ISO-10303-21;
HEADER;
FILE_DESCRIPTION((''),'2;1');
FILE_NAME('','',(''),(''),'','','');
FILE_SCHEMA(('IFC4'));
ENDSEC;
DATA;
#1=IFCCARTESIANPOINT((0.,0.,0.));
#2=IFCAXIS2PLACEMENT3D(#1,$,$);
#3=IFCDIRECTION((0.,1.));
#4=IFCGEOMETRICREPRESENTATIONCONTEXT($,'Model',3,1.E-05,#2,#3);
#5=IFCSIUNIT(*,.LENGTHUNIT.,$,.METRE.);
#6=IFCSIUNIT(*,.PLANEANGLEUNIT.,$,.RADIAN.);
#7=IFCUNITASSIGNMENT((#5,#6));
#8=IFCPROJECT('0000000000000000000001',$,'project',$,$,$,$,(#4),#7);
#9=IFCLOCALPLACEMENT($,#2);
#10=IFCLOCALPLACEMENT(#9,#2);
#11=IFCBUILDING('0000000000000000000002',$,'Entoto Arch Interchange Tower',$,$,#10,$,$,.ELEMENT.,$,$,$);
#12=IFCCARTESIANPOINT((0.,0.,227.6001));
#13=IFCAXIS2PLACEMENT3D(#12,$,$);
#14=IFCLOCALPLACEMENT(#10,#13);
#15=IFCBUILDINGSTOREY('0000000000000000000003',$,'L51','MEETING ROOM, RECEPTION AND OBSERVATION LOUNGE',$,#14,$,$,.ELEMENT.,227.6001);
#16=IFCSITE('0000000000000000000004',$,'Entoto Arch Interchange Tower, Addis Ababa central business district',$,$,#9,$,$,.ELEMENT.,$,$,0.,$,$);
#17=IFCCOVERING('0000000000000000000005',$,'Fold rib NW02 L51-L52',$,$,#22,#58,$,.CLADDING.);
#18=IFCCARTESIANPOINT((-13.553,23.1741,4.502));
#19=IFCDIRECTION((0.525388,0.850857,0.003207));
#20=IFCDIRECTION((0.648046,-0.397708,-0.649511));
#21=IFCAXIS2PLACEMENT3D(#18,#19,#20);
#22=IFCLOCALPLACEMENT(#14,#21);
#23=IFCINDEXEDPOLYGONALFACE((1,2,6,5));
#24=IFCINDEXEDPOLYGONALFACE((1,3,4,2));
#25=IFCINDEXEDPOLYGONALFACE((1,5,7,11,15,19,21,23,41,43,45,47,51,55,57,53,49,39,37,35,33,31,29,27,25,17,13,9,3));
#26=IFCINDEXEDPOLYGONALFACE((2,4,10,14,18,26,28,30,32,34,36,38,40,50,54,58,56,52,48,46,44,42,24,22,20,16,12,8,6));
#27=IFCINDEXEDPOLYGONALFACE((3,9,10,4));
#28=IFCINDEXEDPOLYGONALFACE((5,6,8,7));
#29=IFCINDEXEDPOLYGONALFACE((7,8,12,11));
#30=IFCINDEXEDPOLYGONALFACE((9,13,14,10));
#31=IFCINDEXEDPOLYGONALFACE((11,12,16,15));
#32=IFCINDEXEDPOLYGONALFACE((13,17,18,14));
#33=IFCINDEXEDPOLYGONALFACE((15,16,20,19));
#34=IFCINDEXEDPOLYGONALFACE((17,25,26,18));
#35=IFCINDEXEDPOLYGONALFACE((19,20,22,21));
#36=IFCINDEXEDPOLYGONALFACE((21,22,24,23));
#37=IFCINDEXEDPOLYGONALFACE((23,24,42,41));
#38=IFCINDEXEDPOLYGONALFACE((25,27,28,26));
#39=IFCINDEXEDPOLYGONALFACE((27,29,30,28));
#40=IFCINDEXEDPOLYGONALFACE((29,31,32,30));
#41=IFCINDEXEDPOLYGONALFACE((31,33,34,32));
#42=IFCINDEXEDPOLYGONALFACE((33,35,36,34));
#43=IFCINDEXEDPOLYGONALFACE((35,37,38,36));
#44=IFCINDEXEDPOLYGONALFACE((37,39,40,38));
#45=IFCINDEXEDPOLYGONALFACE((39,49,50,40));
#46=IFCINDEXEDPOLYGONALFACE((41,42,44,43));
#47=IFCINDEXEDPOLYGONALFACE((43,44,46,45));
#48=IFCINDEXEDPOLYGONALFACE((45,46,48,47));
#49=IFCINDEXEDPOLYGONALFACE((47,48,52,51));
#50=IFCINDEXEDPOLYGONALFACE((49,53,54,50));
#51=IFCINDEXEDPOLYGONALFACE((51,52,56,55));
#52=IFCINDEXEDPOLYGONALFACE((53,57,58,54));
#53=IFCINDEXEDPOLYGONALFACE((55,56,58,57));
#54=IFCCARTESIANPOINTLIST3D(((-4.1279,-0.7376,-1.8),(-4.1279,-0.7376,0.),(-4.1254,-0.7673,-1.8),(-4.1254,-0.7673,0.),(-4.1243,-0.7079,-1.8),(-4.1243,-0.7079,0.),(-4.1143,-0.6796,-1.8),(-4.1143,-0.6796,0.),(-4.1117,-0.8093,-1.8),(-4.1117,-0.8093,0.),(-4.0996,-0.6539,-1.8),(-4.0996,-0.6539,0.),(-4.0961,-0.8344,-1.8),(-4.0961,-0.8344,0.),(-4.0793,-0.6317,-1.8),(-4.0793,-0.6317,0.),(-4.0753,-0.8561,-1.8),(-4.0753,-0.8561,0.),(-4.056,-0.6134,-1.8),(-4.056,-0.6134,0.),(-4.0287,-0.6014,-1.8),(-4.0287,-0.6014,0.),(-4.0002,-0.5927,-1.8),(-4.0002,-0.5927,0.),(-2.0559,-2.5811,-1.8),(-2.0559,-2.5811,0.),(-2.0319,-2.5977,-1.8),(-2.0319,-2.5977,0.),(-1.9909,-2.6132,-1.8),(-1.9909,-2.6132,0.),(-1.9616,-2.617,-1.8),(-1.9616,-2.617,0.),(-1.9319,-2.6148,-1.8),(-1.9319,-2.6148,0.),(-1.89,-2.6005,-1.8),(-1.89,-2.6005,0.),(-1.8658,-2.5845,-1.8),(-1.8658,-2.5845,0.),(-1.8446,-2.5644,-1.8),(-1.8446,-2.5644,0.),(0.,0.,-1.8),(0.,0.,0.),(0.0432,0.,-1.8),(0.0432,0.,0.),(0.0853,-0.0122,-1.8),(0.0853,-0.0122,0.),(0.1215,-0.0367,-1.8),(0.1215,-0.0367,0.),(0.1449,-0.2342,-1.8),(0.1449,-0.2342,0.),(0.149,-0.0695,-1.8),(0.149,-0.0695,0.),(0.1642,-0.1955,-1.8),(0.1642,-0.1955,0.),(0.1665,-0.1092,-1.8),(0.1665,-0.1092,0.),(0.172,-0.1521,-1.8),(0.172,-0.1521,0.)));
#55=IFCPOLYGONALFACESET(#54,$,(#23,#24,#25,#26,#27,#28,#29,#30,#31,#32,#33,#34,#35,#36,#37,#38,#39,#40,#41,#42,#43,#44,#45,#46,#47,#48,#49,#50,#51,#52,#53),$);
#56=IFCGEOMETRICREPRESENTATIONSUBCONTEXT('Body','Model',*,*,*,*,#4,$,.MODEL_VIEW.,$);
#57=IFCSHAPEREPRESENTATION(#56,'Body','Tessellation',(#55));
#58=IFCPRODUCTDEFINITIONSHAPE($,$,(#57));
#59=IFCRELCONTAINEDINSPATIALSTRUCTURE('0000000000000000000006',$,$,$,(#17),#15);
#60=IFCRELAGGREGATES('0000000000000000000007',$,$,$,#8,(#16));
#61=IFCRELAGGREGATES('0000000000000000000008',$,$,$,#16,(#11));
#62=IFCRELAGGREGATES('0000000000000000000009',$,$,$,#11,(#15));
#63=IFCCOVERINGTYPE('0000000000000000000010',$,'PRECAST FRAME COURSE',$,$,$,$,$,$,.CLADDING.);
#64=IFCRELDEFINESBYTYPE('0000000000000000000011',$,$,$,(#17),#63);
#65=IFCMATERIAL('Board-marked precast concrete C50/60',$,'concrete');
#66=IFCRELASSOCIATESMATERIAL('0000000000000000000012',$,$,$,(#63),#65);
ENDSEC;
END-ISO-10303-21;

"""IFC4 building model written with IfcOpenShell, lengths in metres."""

from ifc_helpers import new_model, si_unit, direction, frame, origin, place, context, subcontext, project, spatial, polyline, outline, extrude, material, type_object, element, save


model = new_model("IFC4")

# Units and contexts
model_context = context("Model", 3, precision=1e-05, world=origin(), true_north=direction((0.0, 1.0)))
body_context = subcontext(model_context, "Body", "Model", "MODEL_VIEW")
ifc_project = project(units=[si_unit("LENGTHUNIT", "METRE"), si_unit("PLANEANGLEUNIT", "RADIAN")], contexts=[model_context])

# Site, building, storey
site_placement = place(None, origin())
site = spatial("IfcSite", under=ifc_project, at=site_placement, Name="Entoto Arch Interchange Tower, Addis Ababa central business district", CompositionType="ELEMENT", RefElevation=0.0)
building_placement = place(site_placement, origin())
building = spatial("IfcBuilding", under=site, at=building_placement, Name="Entoto Arch Interchange Tower", CompositionType="ELEMENT")
storey_placement = place(building_placement, frame((0.0, 0.0, 227.6001)))
storey = spatial("IfcBuildingStorey", under=building, at=storey_placement, Name="L51", Description="MEETING ROOM, RECEPTION AND OBSERVATION LOUNGE", CompositionType="ELEMENT", Elevation=227.6001)

# Covering
ifc_material_1 = material(Name="Board-marked precast concrete C50/60", Category="concrete")
covering_type = type_object("IfcCoveringType", Name="PRECAST FRAME COURSE", PredefinedType="CLADDING", material=ifc_material_1)
covering_placement = place(storey_placement, frame((-13.553, 23.1741, 4.502), z_axis=(0.525388, 0.850857, 0.003207), x_axis=(0.648046, -0.397708, -0.649511)))
element("IfcCovering", 1, at=covering_placement, inside=storey, type_object=covering_type, Name="Fold rib NW02 L51-L52", PredefinedType="CLADDING", context=body_context, shape_type="SweptSolid", body=[
    extrude(outline(polyline([(0.0, 0.0), (0.0432, 0.0), (0.0853, -0.0122), (0.1215, -0.0367), (0.149, -0.0695), (0.1665, -0.1092), (0.172, -0.1521), (0.1642, -0.1955), (0.1449, -0.2342), (-1.8446, -2.5644), (-1.8658, -2.5845), (-1.89, -2.6005), (-1.9319, -2.6148), (-1.9616, -2.617), (-1.9909, -2.6132), (-2.0319, -2.5977), (-2.0559, -2.5811), (-4.0753, -0.8561), (-4.0961, -0.8344), (-4.1117, -0.8093), (-4.1254, -0.7673), (-4.1279, -0.7376), (-4.1243, -0.7079), (-4.1143, -0.6796), (-4.0996, -0.6539), (-4.0793, -0.6317), (-4.056, -0.6134), (-4.0287, -0.6014), (-4.0002, -0.5927), (0.0, 0.0)])), origin(), (0.0, 0.0, -1.0), 1.8),
])

save(model, "model.ifc")
